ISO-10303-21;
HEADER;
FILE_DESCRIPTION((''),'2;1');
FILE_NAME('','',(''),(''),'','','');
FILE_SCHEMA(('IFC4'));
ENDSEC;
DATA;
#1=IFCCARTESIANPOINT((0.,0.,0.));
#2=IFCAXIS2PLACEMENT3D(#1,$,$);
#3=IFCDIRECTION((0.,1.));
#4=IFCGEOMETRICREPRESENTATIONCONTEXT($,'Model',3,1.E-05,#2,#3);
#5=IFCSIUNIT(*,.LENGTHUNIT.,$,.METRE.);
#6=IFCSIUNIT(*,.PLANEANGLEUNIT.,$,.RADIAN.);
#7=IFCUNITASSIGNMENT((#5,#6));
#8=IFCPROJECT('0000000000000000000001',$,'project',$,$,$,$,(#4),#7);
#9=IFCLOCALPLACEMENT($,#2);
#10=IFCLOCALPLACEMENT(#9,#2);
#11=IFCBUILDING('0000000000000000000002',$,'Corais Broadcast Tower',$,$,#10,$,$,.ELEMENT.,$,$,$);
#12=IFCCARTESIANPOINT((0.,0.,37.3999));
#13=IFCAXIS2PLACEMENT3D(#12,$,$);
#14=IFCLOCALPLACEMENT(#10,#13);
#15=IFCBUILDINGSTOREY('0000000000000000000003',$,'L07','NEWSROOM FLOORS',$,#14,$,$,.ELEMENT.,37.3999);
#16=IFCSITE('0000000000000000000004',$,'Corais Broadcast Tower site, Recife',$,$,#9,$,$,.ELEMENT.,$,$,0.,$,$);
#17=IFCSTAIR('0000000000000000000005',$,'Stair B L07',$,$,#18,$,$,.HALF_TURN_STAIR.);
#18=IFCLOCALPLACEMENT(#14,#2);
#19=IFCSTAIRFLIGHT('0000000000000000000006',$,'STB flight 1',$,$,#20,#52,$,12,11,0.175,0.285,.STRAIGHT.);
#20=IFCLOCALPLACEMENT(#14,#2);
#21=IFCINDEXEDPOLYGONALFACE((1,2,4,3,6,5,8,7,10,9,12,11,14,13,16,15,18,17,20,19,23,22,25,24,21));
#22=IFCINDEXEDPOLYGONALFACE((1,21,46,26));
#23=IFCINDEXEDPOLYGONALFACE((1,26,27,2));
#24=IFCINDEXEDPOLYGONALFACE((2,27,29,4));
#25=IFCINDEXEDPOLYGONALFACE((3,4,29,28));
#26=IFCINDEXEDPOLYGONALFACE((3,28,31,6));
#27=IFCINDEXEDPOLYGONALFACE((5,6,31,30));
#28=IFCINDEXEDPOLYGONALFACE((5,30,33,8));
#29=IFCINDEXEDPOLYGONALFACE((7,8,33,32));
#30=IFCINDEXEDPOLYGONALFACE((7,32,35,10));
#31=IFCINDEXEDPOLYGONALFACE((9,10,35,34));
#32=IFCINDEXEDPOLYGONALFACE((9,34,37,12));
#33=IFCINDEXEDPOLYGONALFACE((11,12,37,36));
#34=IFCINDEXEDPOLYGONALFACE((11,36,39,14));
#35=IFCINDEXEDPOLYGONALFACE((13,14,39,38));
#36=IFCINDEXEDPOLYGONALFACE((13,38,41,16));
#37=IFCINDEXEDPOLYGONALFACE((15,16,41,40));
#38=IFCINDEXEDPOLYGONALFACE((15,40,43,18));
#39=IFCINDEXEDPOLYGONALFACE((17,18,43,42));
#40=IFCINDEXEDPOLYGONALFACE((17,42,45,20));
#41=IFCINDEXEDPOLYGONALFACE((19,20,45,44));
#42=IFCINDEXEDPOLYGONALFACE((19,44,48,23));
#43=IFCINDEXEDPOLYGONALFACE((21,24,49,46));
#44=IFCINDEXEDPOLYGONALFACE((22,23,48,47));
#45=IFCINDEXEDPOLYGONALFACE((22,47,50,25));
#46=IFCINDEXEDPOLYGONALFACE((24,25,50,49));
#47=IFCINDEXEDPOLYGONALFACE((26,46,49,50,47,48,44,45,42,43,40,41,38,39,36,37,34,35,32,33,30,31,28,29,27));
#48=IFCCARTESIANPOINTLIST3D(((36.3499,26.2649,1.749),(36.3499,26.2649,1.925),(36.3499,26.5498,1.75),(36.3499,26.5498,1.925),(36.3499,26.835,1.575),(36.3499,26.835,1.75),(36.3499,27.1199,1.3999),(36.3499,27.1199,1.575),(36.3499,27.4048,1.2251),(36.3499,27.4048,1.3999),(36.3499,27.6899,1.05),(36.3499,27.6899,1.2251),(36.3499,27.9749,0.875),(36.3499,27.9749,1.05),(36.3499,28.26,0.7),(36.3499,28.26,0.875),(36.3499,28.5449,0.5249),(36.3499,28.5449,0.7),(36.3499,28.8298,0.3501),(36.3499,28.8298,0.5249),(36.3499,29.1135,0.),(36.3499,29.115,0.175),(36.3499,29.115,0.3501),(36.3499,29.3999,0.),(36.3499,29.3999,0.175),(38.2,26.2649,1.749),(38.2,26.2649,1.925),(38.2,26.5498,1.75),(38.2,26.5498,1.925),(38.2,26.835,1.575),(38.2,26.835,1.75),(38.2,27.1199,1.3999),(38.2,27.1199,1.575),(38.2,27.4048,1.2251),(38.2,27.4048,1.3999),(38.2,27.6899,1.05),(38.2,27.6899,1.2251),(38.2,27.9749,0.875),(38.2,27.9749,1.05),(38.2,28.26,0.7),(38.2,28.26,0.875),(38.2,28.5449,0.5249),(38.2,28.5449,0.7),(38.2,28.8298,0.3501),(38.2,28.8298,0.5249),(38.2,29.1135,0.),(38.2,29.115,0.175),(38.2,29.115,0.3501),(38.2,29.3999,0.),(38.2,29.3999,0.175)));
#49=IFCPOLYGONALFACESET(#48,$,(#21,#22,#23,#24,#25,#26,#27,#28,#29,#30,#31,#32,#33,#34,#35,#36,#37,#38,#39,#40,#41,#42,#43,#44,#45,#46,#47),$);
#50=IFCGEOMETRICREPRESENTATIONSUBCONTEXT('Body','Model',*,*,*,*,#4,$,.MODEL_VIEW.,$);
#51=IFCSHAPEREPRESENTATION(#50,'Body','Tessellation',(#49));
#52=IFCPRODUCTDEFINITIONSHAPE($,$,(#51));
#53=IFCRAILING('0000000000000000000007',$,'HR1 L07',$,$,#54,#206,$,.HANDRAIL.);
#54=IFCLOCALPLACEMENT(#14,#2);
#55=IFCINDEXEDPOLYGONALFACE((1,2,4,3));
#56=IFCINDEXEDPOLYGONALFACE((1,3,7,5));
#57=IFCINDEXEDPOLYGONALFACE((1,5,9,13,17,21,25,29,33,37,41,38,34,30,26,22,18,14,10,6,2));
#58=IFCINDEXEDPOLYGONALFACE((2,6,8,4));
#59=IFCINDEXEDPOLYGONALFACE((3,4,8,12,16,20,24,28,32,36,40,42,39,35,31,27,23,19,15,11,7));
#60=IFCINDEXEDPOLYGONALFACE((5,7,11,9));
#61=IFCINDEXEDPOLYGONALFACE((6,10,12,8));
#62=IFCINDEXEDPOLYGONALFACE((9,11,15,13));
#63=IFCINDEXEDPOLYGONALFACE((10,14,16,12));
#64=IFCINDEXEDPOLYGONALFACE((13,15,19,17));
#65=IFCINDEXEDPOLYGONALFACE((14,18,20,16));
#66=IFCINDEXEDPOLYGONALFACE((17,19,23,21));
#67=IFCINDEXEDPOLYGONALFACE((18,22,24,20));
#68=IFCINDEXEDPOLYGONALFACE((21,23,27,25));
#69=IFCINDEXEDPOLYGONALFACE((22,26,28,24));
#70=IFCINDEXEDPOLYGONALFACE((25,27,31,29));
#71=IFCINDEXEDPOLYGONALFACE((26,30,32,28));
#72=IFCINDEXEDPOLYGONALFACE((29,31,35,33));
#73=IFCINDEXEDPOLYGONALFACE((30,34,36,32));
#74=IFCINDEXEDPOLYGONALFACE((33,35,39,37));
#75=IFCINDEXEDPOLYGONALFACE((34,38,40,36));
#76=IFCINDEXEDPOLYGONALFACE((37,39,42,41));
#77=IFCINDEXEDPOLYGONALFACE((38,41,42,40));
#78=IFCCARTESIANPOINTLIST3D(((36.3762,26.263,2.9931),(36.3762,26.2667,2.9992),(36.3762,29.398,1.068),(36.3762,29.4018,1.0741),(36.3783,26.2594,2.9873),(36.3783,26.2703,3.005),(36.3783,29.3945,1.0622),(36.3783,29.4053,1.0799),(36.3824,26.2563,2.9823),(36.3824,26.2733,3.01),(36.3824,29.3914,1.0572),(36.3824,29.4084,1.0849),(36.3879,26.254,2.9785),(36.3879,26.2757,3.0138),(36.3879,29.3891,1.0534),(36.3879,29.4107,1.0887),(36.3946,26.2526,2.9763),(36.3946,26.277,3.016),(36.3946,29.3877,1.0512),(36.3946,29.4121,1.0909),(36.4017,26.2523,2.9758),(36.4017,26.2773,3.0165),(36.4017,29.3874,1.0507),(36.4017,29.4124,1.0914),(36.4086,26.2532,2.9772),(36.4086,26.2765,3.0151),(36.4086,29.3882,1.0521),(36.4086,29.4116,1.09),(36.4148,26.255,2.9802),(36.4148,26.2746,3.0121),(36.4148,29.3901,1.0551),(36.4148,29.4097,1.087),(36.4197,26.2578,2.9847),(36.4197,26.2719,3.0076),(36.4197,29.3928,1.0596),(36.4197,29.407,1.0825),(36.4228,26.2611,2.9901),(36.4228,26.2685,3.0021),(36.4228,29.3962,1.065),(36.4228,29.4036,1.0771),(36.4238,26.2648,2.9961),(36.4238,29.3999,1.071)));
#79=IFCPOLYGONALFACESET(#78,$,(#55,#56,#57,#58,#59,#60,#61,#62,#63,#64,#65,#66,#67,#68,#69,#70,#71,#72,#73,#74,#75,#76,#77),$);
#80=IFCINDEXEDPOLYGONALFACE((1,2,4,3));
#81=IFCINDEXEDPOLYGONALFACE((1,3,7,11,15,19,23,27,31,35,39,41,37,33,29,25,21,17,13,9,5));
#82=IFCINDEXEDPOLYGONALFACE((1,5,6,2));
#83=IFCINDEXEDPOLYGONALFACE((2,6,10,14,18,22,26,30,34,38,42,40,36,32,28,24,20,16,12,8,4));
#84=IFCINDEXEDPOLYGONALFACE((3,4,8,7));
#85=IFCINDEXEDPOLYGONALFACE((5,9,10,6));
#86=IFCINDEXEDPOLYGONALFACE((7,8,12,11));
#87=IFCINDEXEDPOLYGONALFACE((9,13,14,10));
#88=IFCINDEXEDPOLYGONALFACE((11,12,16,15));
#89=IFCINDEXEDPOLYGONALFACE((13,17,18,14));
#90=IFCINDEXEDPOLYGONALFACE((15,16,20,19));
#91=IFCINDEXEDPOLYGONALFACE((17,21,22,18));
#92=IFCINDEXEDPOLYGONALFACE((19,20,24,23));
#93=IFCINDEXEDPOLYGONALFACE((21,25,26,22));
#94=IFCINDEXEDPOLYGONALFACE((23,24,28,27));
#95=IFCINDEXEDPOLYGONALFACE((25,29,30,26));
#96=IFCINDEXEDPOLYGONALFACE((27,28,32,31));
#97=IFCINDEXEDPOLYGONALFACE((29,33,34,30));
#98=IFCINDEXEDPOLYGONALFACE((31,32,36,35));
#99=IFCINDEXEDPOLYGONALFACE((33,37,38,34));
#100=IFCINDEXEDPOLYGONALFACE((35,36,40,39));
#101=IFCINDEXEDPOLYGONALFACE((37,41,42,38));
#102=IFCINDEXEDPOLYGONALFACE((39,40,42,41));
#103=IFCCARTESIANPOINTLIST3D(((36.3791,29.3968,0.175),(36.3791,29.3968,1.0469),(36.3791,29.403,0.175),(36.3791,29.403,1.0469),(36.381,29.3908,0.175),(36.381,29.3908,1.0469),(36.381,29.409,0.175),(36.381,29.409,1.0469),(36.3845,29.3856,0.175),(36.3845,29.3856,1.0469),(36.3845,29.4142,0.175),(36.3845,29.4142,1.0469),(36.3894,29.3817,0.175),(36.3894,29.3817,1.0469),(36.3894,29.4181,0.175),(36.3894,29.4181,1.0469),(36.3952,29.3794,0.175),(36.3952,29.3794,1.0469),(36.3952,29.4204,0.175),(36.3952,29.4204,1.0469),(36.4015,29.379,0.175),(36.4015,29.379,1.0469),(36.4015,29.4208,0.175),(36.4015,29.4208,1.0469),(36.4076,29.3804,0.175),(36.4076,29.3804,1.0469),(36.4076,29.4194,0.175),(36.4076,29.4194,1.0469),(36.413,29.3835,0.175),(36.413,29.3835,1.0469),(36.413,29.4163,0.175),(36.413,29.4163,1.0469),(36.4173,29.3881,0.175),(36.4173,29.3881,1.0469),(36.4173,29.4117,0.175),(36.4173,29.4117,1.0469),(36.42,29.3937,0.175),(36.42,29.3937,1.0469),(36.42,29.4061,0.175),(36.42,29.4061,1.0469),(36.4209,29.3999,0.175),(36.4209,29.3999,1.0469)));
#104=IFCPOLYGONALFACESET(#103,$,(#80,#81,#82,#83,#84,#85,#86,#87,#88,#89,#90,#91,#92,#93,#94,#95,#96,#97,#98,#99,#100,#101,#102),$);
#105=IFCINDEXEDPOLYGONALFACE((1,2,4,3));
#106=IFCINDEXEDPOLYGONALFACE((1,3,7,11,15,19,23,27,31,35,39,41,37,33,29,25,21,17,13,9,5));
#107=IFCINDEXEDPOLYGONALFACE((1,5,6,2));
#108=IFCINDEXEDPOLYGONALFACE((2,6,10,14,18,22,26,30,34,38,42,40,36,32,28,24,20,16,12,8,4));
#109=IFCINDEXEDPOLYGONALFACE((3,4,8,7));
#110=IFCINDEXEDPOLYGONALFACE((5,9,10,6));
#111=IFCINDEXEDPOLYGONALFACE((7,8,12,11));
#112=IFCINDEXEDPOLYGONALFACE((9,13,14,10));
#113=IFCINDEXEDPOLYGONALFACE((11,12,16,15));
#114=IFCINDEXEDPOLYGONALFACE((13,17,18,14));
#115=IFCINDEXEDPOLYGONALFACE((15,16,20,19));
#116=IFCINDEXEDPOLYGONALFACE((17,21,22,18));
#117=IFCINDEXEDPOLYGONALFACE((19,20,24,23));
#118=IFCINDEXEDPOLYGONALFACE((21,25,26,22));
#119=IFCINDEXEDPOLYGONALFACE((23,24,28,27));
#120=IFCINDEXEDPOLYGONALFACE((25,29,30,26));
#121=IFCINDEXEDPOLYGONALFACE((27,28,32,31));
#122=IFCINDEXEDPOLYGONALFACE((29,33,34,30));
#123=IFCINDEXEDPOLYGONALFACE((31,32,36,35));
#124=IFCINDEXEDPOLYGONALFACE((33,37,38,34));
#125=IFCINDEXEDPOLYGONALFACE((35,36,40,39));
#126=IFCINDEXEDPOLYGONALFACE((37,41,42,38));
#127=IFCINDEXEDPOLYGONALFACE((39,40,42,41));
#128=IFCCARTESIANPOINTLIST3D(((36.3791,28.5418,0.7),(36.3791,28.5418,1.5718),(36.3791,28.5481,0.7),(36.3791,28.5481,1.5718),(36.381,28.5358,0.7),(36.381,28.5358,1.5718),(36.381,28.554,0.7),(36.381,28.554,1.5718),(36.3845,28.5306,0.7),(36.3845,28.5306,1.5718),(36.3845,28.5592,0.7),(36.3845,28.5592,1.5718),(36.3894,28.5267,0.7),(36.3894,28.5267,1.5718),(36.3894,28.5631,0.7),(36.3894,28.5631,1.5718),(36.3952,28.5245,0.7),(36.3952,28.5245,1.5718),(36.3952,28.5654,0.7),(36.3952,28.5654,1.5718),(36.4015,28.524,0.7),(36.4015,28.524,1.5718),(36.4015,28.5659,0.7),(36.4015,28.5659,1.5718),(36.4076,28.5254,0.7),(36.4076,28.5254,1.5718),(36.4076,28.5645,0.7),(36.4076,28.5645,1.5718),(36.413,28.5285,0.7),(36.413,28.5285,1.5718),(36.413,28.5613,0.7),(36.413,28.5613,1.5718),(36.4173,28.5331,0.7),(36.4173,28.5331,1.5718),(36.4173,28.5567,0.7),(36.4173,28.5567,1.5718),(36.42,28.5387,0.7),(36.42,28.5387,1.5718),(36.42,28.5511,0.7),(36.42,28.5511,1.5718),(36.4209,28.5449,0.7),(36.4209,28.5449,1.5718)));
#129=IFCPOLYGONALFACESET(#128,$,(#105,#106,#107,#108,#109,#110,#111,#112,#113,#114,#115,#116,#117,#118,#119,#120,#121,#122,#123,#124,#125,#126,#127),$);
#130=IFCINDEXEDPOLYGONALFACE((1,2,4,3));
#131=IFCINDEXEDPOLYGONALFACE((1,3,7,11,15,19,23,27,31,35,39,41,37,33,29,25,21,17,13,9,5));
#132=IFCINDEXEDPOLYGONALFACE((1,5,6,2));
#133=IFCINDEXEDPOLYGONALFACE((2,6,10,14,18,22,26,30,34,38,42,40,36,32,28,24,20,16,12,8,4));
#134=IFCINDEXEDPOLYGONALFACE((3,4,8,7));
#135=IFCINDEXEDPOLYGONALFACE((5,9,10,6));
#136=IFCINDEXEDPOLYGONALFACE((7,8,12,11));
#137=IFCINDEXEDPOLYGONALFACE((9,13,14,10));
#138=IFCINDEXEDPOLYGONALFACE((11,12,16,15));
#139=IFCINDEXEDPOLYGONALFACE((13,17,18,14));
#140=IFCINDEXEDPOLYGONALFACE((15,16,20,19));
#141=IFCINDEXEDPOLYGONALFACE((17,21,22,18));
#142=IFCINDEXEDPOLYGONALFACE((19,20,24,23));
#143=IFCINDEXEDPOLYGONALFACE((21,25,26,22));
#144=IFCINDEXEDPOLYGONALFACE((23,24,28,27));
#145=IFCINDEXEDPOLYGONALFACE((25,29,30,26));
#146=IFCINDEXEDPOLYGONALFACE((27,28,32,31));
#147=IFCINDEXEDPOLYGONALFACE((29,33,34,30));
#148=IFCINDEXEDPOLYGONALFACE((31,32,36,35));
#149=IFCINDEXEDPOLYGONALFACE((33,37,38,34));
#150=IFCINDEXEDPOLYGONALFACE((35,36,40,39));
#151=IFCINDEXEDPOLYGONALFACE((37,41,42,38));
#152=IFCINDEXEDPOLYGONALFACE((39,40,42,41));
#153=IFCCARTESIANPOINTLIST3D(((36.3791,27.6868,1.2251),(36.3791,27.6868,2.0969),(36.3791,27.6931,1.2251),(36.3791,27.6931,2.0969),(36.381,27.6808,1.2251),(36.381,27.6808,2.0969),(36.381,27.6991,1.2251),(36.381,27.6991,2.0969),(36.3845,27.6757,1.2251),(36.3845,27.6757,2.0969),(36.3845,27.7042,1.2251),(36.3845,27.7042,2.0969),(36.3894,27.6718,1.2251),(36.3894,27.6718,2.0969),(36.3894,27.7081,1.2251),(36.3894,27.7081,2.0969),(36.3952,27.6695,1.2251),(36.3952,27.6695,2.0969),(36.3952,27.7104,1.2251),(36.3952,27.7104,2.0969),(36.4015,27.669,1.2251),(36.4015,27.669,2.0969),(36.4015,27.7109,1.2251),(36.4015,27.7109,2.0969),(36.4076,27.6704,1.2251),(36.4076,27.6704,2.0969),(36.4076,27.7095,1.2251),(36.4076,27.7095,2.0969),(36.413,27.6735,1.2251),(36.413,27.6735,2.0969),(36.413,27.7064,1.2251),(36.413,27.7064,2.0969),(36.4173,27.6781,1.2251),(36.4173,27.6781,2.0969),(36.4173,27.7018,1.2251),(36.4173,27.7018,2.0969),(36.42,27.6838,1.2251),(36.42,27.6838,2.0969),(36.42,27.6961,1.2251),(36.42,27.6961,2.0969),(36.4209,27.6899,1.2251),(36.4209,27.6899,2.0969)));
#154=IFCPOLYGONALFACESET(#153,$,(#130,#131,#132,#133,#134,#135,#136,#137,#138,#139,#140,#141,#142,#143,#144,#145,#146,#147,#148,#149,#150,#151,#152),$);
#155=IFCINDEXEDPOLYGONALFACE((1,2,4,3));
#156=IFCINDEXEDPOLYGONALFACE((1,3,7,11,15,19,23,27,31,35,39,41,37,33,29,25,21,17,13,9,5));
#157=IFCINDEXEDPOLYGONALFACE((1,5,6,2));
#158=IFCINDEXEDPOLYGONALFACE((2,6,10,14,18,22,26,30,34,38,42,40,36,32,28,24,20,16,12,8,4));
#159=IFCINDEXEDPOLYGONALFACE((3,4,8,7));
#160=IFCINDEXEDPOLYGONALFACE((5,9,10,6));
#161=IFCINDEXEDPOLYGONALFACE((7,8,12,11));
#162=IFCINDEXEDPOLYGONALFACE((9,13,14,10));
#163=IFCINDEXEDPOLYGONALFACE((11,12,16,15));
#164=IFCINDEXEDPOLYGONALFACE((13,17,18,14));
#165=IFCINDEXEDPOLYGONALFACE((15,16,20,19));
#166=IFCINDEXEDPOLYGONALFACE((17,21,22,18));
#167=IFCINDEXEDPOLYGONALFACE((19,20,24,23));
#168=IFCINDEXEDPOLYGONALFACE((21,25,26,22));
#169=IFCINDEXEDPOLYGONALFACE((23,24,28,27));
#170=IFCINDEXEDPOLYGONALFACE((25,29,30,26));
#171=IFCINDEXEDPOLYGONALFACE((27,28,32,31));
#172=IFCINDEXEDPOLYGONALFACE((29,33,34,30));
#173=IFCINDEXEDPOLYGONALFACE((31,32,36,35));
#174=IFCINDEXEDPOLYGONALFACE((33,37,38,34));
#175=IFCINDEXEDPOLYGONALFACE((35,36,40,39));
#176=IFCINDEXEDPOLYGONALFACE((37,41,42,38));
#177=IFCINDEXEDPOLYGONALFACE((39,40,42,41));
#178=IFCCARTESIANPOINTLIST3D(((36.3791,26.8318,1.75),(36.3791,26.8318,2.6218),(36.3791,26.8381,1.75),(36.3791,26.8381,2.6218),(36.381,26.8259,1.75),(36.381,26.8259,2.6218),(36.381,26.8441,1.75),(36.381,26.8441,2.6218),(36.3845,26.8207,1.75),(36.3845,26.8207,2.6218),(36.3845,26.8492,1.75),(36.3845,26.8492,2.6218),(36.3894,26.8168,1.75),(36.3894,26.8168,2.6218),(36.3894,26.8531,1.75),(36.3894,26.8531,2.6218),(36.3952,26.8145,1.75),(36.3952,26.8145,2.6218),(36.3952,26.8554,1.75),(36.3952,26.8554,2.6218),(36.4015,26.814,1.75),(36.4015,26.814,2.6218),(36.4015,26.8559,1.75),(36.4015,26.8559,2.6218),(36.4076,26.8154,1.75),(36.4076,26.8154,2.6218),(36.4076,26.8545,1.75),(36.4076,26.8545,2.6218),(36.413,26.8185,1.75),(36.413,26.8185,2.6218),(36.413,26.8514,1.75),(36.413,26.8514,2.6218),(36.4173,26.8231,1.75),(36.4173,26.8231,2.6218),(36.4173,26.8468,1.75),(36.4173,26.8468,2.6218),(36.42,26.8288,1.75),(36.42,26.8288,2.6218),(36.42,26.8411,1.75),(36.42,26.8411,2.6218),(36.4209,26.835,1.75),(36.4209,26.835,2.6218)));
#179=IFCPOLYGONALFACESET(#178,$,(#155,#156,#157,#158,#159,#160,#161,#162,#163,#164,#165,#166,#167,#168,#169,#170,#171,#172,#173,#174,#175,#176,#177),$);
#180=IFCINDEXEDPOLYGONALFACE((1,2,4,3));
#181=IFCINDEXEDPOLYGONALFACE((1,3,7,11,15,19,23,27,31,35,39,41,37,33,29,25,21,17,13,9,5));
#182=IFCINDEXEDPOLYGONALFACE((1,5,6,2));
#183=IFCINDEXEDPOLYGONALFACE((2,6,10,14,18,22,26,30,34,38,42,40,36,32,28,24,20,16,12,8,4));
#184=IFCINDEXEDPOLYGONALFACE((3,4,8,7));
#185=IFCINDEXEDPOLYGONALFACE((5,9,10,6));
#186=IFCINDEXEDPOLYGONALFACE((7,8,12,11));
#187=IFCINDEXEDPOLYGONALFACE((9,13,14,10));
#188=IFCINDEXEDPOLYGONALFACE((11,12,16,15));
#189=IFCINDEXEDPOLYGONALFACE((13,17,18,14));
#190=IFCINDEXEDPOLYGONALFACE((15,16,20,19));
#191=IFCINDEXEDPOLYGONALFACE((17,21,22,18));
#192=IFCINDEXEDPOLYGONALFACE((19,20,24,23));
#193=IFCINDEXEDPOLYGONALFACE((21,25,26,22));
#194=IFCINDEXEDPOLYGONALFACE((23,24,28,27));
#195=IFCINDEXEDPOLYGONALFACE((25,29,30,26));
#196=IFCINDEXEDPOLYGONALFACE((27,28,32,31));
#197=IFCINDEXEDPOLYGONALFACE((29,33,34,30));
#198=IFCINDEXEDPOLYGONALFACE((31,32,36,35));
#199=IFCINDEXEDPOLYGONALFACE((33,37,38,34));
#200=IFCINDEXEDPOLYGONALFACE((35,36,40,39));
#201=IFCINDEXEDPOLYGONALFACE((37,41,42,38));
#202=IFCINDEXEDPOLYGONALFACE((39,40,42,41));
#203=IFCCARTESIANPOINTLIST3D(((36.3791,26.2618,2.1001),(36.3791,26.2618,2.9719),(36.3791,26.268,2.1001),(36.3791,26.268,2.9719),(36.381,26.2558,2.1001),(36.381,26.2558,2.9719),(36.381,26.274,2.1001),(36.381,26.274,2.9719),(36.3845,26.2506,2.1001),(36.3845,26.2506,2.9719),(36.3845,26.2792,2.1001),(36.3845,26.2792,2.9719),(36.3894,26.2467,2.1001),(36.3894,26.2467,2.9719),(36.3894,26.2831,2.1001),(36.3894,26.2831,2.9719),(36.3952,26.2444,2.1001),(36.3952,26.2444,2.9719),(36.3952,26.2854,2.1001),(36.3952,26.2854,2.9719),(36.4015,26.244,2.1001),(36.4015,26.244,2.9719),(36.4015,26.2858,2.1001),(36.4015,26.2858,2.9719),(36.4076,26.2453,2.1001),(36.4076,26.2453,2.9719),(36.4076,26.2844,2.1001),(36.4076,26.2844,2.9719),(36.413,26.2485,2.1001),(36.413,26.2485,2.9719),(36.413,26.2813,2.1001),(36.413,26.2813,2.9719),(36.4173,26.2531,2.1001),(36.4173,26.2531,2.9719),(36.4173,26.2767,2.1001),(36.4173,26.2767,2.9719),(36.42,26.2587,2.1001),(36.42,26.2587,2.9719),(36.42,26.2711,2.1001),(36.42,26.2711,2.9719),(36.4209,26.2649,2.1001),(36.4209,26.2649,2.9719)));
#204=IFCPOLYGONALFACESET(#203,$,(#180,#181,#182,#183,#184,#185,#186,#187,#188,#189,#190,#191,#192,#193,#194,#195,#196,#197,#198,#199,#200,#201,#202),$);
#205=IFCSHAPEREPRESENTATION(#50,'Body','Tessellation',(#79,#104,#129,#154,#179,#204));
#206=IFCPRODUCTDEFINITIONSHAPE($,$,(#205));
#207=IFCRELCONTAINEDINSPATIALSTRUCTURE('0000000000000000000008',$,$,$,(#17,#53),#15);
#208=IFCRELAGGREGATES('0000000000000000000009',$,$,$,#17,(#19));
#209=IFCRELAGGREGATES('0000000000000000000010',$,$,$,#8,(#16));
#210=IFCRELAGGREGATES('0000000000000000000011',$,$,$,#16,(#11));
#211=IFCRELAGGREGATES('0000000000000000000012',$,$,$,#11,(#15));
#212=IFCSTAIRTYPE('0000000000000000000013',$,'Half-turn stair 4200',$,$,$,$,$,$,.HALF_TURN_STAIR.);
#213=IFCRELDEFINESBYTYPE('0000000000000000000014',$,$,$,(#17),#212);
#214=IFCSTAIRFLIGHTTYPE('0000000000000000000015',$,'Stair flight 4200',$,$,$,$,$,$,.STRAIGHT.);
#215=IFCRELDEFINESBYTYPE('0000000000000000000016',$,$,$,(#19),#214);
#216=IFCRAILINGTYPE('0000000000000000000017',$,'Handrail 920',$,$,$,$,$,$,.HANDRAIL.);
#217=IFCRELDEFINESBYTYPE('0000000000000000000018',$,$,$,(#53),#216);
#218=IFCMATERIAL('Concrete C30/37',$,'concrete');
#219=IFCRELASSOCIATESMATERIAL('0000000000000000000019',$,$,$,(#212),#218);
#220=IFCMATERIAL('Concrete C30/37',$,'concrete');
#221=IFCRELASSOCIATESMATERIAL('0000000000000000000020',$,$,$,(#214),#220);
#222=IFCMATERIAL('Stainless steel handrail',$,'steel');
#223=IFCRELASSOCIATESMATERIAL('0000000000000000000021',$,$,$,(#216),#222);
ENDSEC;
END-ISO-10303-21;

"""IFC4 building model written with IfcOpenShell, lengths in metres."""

from ifc_helpers import new_model, si_unit, direction, frame, origin, origin_2d, place, context, subcontext, project, spatial, polyline, circle, outline, extrude, material, type_object, element, aggregate, save


model = new_model("IFC4")

# Units and contexts
model_context = context("Model", 3, precision=1e-05, world=origin(), true_north=direction((0.0, 1.0)))
body_context = subcontext(model_context, "Body", "Model", "MODEL_VIEW")
ifc_project = project(units=[si_unit("LENGTHUNIT", "METRE"), si_unit("PLANEANGLEUNIT", "RADIAN")], contexts=[model_context])

# Site, building, storey
site_placement = place(None, origin())
site = spatial("IfcSite", under=ifc_project, at=site_placement, Name="Corais Broadcast Tower site, Recife", CompositionType="ELEMENT", RefElevation=0.0)
building_placement = place(site_placement, origin())
building = spatial("IfcBuilding", under=site, at=building_placement, Name="Corais Broadcast Tower", CompositionType="ELEMENT")
storey_placement = place(building_placement, frame((0.0, 0.0, 37.3999)))
storey = spatial("IfcBuildingStorey", under=building, at=storey_placement, Name="L07", Description="NEWSROOM FLOORS", CompositionType="ELEMENT", Elevation=37.3999)

# Stair, stair flight
ifc_material_1 = material(Name="Concrete C30/37", Category="concrete")
stair_type = type_object("IfcStairType", Name="Half-turn stair 4200", PredefinedType="HALF_TURN_STAIR", material=ifc_material_1)
stair_placement = place(storey_placement, origin())
stair = element("IfcStair", 1, at=stair_placement, inside=storey, type_object=stair_type, Name="Stair B L07", PredefinedType="HALF_TURN_STAIR")
ifc_material_2 = material(Name="Concrete C30/37", Category="concrete")
stair_flight_type = type_object("IfcStairFlightType", Name="Stair flight 4200", PredefinedType="STRAIGHT", material=ifc_material_2)
stair_flight_placement = place(storey_placement, frame((37.2749, 29.3999, 0.0), z_axis=(0.0, 0.0, 1.0), x_axis=(0.0, -1.0, 0.0)))
stair_flight = element("IfcStairFlight", 2, at=stair_flight_placement, type_object=stair_flight_type, Name="STB flight 1", NumberOfRisers=12, NumberOfTreads=11, PredefinedType="STRAIGHT", RiserHeight=0.175, TreadLength=0.285, context=body_context, shape_type="SweptSolid", body=[
    extrude(outline(polyline([(0.0, 0.0), (0.0, 0.175), (0.2849, 0.175), (0.2849, 0.3501), (0.5701, 0.3501), (0.5701, 0.5249), (0.855, 0.5249), (0.855, 0.7), (1.1399, 0.7), (1.1399, 0.875), (1.425, 0.875), (1.425, 1.05), (1.71, 1.05), (1.71, 1.2251), (1.9951, 1.2251), (1.9951, 1.3999), (2.28, 1.3999), (2.28, 1.575), (2.5649, 1.575), (2.5649, 1.75), (2.8501, 1.75), (2.8501, 1.925), (3.135, 1.925), (3.135, 2.1001), (3.135, 1.749), (0.2864, 0.0), (0.0, 0.0)])), frame((0.0, 0.925, 0.0), z_axis=(0.0, -1.0, 0.0), x_axis=(1.0, 0.0, 0.0)), (0.0, 0.0, 1.0), 1.8501),
])
aggregate(stair, [stair_flight])

# Railing
ifc_material_3 = material(Name="Stainless steel handrail", Category="steel")
railing_type = type_object("IfcRailingType", Name="Handrail 920", PredefinedType="HANDRAIL", material=ifc_material_3)
for number, where, name in (
    (3, (36.3999, 29.3999, 0.175), "HR1 L07"),
):
    element("IfcRailing", number, at=place(storey_placement, frame(where)), inside=storey, type_object=railing_type, Name=name, PredefinedType="HANDRAIL", context=body_context, shape_type="SweptSolid", body=[
        extrude(circle(Radius=0.0239, at=origin_2d()), frame((0.0, 0.0, 0.896), z_axis=(0.0, -0.852166, 0.523271), x_axis=(1.0, 0.0, 0.0)), (0.0, 0.0, 1.0), 3.679),
        extrude(circle(Radius=0.021, at=origin_2d()), origin(), (0.0, 0.0, 1.0), 0.8718),
        extrude(circle(Radius=0.021, at=origin_2d()), frame((0.0, -0.855, 0.5249)), (0.0, 0.0, 1.0), 0.8718),
        extrude(circle(Radius=0.021, at=origin_2d()), frame((0.0, -1.71, 1.05)), (0.0, 0.0, 1.0), 0.8718),
        extrude(circle(Radius=0.021, at=origin_2d()), frame((0.0, -2.5649, 1.575)), (0.0, 0.0, 1.0), 0.8718),
        extrude(circle(Radius=0.021, at=origin_2d()), frame((0.0, -3.135, 1.925)), (0.0, 0.0, 1.0), 0.8718),
    ])

save(model, "model.ifc")
